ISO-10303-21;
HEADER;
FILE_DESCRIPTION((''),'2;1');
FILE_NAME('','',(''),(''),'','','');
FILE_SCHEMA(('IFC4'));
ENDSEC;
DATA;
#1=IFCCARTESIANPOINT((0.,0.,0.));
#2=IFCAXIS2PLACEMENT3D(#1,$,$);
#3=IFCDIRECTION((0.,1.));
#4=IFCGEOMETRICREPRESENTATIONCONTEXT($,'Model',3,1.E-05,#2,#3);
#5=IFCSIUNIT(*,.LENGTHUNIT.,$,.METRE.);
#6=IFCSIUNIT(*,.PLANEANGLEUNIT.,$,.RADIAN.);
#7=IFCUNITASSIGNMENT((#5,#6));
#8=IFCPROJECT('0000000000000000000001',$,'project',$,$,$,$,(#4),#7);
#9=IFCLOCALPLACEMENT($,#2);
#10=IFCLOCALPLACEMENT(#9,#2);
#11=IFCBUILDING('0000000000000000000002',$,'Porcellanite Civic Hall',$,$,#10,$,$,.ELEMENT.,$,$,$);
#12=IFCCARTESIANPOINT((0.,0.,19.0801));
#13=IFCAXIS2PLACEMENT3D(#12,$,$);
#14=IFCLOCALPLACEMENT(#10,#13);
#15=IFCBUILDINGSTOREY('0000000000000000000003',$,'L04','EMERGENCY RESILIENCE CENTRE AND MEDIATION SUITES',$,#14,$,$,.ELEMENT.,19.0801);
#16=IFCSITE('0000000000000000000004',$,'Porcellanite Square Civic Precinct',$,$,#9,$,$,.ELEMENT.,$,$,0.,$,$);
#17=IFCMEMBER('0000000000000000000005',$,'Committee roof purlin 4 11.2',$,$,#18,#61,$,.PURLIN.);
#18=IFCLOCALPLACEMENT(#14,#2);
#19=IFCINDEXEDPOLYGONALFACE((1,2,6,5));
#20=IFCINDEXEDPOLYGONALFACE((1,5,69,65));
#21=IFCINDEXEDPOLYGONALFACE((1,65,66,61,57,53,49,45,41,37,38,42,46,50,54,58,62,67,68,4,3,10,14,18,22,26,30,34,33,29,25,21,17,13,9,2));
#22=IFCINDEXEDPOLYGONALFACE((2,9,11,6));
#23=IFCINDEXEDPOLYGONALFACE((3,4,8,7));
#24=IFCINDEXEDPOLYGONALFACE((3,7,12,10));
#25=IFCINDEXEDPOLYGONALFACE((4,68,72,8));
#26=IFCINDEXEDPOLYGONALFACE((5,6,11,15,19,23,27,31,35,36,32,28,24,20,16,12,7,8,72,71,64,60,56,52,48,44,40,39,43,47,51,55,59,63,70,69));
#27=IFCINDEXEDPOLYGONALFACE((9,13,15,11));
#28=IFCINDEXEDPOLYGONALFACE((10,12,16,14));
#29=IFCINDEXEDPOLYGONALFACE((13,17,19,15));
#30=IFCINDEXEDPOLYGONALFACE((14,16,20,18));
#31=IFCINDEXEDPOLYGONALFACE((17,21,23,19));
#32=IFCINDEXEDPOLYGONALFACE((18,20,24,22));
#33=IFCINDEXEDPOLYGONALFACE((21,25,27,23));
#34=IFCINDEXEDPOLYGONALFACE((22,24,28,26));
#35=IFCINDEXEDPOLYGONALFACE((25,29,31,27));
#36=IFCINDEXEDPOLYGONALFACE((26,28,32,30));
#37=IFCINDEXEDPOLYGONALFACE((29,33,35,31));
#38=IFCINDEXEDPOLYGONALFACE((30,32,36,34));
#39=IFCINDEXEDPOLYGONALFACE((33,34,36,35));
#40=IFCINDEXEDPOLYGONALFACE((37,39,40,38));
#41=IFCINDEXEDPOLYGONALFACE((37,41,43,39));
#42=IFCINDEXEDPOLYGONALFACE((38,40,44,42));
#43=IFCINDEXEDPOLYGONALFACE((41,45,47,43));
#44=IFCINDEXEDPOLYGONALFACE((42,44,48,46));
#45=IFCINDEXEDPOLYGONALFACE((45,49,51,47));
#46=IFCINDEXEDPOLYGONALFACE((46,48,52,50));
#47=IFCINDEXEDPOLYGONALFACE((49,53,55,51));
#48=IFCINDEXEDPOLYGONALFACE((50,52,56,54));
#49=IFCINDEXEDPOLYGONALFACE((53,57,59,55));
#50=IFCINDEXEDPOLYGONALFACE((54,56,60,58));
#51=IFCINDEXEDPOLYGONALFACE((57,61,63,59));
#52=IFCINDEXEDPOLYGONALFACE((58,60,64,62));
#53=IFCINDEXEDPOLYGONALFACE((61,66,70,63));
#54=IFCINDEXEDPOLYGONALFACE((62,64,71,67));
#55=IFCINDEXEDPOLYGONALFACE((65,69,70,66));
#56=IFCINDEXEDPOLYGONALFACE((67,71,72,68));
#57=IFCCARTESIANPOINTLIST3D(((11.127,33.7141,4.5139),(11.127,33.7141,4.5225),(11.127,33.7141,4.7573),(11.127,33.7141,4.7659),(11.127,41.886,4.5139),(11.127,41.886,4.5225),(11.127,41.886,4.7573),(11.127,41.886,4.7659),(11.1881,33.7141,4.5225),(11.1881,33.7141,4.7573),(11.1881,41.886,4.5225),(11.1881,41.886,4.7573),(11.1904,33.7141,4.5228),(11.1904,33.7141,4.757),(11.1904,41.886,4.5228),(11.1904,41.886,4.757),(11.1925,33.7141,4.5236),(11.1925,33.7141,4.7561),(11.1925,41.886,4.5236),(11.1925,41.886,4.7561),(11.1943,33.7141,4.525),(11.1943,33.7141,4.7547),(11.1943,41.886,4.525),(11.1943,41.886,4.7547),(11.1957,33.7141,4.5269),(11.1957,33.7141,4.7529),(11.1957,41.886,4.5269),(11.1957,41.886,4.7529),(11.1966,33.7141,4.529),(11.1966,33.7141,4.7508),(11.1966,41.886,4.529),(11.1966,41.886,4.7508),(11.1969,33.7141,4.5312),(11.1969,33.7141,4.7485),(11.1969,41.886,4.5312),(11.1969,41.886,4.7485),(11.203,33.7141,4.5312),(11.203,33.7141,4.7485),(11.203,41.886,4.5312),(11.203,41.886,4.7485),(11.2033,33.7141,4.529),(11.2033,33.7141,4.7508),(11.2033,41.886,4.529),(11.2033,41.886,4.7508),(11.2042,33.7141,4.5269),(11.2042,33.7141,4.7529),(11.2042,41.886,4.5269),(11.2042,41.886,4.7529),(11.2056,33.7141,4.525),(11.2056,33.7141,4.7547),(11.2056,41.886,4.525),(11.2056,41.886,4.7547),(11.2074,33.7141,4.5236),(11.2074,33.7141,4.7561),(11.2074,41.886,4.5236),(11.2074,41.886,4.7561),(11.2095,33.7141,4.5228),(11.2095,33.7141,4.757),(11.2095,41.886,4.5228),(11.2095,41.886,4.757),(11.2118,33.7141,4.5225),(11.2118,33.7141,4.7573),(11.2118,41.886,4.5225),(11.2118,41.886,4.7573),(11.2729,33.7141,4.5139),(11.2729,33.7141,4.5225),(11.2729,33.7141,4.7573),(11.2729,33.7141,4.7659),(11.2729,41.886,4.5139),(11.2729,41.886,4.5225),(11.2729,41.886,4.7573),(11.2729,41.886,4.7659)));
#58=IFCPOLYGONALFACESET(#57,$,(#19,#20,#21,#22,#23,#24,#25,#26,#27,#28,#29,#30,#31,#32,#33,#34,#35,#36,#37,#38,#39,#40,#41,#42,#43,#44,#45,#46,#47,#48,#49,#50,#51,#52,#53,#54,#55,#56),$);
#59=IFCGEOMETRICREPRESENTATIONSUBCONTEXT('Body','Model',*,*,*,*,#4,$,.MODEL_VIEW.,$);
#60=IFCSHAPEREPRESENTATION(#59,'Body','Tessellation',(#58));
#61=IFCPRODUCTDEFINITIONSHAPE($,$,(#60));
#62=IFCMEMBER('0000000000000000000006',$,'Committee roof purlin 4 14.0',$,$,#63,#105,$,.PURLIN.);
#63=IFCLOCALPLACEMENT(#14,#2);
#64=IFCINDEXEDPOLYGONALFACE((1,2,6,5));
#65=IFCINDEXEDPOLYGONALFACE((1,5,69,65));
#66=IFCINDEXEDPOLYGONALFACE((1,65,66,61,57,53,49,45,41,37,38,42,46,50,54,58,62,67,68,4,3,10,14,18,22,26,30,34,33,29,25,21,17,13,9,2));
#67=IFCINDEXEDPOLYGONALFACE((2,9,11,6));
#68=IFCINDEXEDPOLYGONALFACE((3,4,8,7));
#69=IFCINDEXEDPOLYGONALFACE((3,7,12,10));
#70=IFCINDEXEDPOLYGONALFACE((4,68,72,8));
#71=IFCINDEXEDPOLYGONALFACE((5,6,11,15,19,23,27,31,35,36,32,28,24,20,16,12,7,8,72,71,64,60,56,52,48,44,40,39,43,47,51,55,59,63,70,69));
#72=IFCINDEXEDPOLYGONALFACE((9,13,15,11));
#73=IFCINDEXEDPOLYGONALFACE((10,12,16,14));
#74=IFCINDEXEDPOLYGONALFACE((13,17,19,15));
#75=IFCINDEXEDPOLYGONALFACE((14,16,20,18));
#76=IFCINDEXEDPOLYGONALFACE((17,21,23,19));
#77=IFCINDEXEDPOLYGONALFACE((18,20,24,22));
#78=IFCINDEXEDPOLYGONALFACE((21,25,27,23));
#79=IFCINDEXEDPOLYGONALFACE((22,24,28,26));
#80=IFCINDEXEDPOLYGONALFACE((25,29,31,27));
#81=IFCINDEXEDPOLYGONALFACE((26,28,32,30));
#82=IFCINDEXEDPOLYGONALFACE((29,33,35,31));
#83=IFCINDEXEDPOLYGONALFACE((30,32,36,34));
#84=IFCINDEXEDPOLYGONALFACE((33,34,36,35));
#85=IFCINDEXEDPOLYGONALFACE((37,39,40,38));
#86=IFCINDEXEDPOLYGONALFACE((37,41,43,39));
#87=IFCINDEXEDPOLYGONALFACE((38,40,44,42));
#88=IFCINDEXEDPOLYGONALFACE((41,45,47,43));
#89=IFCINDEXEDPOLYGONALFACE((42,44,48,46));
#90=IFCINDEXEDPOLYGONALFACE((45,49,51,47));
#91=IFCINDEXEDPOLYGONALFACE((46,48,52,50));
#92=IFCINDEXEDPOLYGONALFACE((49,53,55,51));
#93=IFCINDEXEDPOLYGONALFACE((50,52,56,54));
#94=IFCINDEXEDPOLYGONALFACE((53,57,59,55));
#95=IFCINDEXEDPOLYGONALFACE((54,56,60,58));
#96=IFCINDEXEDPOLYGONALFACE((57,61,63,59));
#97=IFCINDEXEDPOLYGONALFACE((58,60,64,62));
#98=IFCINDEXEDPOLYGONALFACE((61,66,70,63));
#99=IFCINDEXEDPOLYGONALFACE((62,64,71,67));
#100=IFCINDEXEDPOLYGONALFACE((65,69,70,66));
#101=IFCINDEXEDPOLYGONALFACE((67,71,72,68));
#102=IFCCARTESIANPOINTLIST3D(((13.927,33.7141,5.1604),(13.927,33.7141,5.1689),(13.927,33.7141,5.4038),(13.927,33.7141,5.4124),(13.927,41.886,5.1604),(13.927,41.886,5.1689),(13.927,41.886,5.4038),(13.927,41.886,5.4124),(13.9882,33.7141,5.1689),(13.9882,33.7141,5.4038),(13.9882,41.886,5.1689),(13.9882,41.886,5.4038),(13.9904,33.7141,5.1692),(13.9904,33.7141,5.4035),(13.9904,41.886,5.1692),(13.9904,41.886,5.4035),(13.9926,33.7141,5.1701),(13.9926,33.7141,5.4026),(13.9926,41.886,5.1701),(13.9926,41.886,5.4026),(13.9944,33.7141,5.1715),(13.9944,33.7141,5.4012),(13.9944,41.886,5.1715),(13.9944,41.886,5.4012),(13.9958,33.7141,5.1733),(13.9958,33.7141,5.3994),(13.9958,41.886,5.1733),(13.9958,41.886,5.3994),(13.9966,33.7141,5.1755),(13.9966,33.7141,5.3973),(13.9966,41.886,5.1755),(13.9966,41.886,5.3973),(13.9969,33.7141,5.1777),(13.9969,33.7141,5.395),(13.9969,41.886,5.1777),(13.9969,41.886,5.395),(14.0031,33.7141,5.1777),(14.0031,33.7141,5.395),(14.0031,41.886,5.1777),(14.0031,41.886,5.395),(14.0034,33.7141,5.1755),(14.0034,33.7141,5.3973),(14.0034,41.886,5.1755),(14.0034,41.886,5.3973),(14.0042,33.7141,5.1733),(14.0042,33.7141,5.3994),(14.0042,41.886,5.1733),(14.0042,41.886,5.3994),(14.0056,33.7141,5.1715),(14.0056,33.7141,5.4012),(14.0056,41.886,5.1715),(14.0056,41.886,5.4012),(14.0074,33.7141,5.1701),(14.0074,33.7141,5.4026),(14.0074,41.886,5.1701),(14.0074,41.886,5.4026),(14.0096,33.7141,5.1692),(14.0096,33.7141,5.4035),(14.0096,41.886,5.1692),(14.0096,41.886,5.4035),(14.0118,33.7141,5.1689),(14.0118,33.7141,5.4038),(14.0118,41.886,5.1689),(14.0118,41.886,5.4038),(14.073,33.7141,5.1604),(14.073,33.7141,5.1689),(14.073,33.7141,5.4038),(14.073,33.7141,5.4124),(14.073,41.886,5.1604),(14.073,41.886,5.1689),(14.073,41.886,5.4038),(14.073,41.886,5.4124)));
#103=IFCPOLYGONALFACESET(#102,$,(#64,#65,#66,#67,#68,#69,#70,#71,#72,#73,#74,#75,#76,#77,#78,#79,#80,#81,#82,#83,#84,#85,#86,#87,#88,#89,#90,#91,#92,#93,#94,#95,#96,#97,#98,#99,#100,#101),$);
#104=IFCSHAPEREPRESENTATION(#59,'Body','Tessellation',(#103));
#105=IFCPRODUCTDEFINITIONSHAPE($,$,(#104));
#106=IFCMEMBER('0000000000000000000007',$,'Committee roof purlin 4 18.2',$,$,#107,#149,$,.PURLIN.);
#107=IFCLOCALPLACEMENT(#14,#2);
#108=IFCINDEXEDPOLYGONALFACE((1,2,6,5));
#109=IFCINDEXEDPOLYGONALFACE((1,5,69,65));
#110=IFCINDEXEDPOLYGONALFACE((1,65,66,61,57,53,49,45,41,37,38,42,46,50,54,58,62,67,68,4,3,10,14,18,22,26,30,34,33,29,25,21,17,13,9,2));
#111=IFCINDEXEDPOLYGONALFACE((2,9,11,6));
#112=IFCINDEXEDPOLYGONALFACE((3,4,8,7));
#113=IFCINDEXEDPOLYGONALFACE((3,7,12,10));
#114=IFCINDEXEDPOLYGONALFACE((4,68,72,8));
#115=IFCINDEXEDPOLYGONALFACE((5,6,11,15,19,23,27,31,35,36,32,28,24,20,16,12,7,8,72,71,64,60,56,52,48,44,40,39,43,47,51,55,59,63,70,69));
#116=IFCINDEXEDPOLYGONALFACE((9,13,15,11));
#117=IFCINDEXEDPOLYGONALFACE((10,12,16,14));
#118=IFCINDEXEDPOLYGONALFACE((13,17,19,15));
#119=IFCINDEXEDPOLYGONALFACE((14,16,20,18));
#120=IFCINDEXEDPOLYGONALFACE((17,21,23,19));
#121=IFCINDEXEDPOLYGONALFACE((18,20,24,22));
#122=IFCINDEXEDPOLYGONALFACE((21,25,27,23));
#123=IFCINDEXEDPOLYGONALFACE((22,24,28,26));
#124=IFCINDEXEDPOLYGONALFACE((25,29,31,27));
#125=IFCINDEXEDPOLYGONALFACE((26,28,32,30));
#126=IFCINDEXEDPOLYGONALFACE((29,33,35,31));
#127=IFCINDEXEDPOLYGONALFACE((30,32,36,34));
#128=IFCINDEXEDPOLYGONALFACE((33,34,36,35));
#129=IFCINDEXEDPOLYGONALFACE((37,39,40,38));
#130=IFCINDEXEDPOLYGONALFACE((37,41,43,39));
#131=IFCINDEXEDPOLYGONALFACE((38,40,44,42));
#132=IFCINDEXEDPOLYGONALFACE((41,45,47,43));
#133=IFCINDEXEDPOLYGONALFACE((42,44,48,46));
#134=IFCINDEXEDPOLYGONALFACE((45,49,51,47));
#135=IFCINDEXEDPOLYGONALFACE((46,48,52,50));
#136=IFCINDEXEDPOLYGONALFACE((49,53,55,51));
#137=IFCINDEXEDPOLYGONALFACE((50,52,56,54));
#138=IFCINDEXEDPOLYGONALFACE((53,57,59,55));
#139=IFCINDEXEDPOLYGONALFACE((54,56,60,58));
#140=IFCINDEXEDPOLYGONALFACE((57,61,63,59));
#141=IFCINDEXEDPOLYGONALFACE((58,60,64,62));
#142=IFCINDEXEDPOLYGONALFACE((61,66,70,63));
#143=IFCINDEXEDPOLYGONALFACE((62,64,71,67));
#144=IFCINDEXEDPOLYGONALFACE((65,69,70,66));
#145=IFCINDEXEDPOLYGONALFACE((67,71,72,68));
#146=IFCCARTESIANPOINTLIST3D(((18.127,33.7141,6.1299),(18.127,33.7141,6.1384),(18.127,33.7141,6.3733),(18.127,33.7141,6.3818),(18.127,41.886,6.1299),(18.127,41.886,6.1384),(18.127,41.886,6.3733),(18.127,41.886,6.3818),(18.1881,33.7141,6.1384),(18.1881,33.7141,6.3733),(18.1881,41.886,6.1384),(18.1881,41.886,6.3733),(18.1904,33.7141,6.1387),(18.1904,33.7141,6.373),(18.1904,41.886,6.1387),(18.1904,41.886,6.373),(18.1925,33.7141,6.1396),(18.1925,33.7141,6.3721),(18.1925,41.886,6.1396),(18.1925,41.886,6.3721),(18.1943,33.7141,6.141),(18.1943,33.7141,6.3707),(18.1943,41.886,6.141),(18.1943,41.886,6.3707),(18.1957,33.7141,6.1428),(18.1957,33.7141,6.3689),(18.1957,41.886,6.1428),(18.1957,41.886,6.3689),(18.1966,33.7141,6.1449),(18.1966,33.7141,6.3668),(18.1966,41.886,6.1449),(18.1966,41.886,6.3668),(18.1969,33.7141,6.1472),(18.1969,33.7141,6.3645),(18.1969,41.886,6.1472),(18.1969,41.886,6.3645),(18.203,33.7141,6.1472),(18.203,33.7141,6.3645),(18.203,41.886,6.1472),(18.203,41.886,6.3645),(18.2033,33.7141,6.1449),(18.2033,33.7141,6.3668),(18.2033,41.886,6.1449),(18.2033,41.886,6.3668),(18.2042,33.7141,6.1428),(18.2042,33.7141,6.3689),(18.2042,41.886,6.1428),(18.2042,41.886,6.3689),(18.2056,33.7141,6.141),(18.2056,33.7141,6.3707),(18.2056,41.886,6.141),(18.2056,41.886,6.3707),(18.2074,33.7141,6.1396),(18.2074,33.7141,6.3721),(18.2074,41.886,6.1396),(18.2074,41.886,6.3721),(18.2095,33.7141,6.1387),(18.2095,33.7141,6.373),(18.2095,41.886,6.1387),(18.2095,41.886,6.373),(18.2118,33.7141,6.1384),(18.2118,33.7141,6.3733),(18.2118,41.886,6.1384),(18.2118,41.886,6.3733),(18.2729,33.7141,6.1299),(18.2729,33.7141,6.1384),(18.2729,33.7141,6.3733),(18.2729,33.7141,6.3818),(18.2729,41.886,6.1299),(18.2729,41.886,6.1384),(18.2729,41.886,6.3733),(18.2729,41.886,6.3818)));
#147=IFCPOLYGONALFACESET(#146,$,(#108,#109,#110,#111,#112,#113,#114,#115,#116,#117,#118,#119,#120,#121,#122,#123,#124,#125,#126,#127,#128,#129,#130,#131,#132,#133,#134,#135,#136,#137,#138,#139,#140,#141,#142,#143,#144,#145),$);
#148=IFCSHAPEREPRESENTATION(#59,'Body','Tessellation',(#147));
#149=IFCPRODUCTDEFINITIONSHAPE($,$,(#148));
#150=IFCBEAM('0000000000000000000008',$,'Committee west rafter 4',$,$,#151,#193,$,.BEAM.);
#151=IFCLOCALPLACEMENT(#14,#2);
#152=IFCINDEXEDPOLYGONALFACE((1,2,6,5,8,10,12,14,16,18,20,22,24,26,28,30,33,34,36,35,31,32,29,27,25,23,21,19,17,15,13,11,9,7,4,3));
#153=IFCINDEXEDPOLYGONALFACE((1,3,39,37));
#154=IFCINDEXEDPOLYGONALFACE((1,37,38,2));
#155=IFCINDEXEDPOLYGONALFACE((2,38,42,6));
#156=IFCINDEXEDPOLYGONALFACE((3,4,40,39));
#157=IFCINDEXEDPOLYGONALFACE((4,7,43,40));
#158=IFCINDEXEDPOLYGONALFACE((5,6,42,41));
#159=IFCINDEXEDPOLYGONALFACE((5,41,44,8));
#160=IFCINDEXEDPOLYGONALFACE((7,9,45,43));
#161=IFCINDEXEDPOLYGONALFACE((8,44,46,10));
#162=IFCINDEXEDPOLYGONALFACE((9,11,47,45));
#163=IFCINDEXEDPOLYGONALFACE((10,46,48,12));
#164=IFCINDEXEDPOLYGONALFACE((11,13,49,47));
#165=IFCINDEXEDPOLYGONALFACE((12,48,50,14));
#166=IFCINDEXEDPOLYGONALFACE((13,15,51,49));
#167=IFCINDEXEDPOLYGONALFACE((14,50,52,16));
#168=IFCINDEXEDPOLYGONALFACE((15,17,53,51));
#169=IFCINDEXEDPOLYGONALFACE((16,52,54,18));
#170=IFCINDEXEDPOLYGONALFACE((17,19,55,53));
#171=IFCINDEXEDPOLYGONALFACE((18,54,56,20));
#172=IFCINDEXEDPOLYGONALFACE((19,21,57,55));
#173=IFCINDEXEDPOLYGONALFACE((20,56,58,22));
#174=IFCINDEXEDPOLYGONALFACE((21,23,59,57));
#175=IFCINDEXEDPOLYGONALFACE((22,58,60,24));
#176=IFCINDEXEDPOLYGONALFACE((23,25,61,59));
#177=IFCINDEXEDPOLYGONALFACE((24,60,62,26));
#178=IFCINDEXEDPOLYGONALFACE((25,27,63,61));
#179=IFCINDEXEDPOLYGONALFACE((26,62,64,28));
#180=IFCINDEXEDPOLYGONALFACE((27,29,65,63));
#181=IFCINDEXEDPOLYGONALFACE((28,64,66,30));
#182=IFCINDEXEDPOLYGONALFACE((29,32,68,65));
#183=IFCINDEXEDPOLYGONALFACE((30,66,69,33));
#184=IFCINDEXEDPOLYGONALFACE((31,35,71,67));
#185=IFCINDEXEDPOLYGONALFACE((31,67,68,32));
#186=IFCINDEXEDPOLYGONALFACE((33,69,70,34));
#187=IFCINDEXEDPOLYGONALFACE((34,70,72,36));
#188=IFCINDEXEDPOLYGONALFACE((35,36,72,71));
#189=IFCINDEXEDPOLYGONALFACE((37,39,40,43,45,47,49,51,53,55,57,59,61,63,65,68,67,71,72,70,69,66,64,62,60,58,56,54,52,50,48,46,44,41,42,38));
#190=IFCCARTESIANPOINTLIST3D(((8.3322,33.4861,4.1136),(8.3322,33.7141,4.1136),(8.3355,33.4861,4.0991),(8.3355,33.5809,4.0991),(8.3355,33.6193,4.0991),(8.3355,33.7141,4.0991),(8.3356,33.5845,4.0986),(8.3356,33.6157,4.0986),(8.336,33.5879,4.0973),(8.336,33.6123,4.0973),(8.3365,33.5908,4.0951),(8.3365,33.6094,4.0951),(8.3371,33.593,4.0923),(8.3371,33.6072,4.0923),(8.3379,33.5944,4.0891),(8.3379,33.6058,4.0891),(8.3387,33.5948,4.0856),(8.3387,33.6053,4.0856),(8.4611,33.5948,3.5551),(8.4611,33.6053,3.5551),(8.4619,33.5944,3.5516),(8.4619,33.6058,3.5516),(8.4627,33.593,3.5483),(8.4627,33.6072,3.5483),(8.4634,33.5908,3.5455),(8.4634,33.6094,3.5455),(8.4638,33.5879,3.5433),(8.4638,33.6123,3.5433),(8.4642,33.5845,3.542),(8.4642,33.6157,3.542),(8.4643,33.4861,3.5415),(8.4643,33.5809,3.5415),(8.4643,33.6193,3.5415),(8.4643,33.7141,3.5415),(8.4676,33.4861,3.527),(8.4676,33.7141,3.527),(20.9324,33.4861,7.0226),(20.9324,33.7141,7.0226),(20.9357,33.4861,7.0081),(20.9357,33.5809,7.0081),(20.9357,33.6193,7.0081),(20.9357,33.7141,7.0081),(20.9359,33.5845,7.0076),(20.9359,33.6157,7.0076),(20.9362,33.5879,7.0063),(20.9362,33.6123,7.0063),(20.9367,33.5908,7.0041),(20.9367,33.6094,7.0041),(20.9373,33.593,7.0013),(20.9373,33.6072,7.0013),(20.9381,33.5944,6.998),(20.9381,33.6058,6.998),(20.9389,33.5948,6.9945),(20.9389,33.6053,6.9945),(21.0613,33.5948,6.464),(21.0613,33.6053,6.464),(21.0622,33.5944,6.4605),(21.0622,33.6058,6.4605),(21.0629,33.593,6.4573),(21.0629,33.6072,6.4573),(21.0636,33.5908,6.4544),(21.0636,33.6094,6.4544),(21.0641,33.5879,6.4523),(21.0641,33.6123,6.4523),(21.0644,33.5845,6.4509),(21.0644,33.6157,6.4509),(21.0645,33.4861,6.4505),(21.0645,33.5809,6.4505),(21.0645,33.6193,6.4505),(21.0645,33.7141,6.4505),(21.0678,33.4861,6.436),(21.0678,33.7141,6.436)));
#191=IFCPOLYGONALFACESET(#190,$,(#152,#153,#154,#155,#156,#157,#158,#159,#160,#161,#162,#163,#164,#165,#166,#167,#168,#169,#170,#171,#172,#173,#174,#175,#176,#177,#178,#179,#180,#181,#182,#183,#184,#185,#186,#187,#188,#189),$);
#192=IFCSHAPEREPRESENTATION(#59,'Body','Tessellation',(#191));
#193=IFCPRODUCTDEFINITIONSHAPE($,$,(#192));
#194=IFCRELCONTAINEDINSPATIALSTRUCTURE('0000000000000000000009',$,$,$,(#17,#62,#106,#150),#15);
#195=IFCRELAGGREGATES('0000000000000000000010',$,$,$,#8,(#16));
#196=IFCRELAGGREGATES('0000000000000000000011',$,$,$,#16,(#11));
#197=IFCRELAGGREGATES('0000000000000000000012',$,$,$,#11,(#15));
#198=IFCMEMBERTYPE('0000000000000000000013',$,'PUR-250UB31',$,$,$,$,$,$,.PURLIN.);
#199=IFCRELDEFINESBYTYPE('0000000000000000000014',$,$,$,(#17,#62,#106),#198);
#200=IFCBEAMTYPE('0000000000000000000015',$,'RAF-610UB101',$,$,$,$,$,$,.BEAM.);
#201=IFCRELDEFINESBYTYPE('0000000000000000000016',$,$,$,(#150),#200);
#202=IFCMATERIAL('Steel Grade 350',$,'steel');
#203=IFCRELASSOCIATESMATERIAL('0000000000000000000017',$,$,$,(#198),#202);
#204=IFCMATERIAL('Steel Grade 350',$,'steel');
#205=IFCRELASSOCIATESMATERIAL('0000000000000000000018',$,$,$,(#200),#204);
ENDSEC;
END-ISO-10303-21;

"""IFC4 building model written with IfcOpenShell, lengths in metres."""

from ifc_helpers import new_model, si_unit, direction, frame, origin, origin_2d, place, context, subcontext, project, spatial, i_section, extrude, material, material_profile, profile_set, type_object, element, save


model = new_model("IFC4")

# Units and contexts
model_context = context("Model", 3, precision=1e-05, world=origin(), true_north=direction((0.0, 1.0)))
body_context = subcontext(model_context, "Body", "Model", "MODEL_VIEW")
ifc_project = project(units=[si_unit("LENGTHUNIT", "METRE"), si_unit("PLANEANGLEUNIT", "RADIAN")], contexts=[model_context])

# Site, building, storey
site_placement = place(None, origin())
site = spatial("IfcSite", under=ifc_project, at=site_placement, Name="Porcellanite Square Civic Precinct", CompositionType="ELEMENT", RefElevation=0.0)
building_placement = place(site_placement, origin())
building = spatial("IfcBuilding", under=site, at=building_placement, Name="Porcellanite Civic Hall", CompositionType="ELEMENT")
storey_placement = place(building_placement, frame((0.0, 0.0, 19.0801)))
storey = spatial("IfcBuildingStorey", under=building, at=storey_placement, Name="L04", Description="EMERGENCY RESILIENCE CENTRE AND MEDIATION SUITES", CompositionType="ELEMENT", Elevation=19.0801)

# Members
ifc_material_1 = material(Name="Steel Grade 350", Category="steel")
ifc_material_profile_1 = material_profile(ifc_material_1, i_section(OverallWidth=0.146, OverallDepth=0.252, WebThickness=0.0061, FlangeThickness=0.0085, FilletRadius=0.0088, at=origin_2d()), Name="250UB31.4")
ifc_profile_set_1 = profile_set([ifc_material_profile_1], Name="Steel Grade 350")
member_type_1 = type_object("IfcMemberType", Name="PUR-250UB31", PredefinedType="PURLIN", material=ifc_profile_set_1)
for number, where, z_axis, x_axis, name in (
    (1, (11.2, 33.7141, 4.6399), (0.0, 1.0, 0.0), (-1.0, 0.0, 0.0), "Committee roof purlin 4 11.2"),
    (2, (14.0, 33.7141, 5.2864), (0.0, 1.0, 0.0), (-1.0, 0.0, 0.0), "Committee roof purlin 4 14.0"),
    (3, (18.2, 33.7141, 6.2559), (0.0, 1.0, 0.0), (-1.0, 0.0, 0.0), "Committee roof purlin 4 18.2"),
):
    element("IfcMember", number, at=place(storey_placement, frame(where, z_axis=z_axis, x_axis=x_axis)), inside=storey, type_object=member_type_1, Name=name, PredefinedType="PURLIN", context=body_context, shape_type="SweptSolid", body=[
        extrude(i_section(OverallWidth=0.146, OverallDepth=0.252, WebThickness=0.0061, FlangeThickness=0.0085, FilletRadius=0.0088, at=origin_2d()), origin(), (0.0, 0.0, 1.0), 8.1719),
    ])

# Beam
ifc_material_2 = material(Name="Steel Grade 350", Category="steel")
ifc_material_profile_2 = material_profile(ifc_material_2, i_section(OverallWidth=0.228, OverallDepth=0.6021, WebThickness=0.0105, FlangeThickness=0.0149, FilletRadius=0.0139, at=origin_2d()), Name="610UB101")
ifc_profile_set_2 = profile_set([ifc_material_profile_2], Name="Steel Grade 350")
beam_type = type_object("IfcBeamType", Name="RAF-610UB101", PredefinedType="BEAM", material=ifc_profile_set_2)
beam_placement = place(storey_placement, frame((8.3999, 33.6001, 3.8203), z_axis=(0.974371, 0.0, 0.224949), x_axis=(0.0, 1.0, 0.0)))
element("IfcBeam", 4, at=beam_placement, inside=storey, type_object=beam_type, Name="Committee west rafter 4", PredefinedType="BEAM", context=body_context, shape_type="SweptSolid", body=[
    extrude(i_section(OverallWidth=0.228, OverallDepth=0.6021, WebThickness=0.0105, FlangeThickness=0.0149, FilletRadius=0.0139, at=origin_2d()), origin(), (0.0, 0.0, 1.0), 12.9316),
])

save(model, "model.ifc")
